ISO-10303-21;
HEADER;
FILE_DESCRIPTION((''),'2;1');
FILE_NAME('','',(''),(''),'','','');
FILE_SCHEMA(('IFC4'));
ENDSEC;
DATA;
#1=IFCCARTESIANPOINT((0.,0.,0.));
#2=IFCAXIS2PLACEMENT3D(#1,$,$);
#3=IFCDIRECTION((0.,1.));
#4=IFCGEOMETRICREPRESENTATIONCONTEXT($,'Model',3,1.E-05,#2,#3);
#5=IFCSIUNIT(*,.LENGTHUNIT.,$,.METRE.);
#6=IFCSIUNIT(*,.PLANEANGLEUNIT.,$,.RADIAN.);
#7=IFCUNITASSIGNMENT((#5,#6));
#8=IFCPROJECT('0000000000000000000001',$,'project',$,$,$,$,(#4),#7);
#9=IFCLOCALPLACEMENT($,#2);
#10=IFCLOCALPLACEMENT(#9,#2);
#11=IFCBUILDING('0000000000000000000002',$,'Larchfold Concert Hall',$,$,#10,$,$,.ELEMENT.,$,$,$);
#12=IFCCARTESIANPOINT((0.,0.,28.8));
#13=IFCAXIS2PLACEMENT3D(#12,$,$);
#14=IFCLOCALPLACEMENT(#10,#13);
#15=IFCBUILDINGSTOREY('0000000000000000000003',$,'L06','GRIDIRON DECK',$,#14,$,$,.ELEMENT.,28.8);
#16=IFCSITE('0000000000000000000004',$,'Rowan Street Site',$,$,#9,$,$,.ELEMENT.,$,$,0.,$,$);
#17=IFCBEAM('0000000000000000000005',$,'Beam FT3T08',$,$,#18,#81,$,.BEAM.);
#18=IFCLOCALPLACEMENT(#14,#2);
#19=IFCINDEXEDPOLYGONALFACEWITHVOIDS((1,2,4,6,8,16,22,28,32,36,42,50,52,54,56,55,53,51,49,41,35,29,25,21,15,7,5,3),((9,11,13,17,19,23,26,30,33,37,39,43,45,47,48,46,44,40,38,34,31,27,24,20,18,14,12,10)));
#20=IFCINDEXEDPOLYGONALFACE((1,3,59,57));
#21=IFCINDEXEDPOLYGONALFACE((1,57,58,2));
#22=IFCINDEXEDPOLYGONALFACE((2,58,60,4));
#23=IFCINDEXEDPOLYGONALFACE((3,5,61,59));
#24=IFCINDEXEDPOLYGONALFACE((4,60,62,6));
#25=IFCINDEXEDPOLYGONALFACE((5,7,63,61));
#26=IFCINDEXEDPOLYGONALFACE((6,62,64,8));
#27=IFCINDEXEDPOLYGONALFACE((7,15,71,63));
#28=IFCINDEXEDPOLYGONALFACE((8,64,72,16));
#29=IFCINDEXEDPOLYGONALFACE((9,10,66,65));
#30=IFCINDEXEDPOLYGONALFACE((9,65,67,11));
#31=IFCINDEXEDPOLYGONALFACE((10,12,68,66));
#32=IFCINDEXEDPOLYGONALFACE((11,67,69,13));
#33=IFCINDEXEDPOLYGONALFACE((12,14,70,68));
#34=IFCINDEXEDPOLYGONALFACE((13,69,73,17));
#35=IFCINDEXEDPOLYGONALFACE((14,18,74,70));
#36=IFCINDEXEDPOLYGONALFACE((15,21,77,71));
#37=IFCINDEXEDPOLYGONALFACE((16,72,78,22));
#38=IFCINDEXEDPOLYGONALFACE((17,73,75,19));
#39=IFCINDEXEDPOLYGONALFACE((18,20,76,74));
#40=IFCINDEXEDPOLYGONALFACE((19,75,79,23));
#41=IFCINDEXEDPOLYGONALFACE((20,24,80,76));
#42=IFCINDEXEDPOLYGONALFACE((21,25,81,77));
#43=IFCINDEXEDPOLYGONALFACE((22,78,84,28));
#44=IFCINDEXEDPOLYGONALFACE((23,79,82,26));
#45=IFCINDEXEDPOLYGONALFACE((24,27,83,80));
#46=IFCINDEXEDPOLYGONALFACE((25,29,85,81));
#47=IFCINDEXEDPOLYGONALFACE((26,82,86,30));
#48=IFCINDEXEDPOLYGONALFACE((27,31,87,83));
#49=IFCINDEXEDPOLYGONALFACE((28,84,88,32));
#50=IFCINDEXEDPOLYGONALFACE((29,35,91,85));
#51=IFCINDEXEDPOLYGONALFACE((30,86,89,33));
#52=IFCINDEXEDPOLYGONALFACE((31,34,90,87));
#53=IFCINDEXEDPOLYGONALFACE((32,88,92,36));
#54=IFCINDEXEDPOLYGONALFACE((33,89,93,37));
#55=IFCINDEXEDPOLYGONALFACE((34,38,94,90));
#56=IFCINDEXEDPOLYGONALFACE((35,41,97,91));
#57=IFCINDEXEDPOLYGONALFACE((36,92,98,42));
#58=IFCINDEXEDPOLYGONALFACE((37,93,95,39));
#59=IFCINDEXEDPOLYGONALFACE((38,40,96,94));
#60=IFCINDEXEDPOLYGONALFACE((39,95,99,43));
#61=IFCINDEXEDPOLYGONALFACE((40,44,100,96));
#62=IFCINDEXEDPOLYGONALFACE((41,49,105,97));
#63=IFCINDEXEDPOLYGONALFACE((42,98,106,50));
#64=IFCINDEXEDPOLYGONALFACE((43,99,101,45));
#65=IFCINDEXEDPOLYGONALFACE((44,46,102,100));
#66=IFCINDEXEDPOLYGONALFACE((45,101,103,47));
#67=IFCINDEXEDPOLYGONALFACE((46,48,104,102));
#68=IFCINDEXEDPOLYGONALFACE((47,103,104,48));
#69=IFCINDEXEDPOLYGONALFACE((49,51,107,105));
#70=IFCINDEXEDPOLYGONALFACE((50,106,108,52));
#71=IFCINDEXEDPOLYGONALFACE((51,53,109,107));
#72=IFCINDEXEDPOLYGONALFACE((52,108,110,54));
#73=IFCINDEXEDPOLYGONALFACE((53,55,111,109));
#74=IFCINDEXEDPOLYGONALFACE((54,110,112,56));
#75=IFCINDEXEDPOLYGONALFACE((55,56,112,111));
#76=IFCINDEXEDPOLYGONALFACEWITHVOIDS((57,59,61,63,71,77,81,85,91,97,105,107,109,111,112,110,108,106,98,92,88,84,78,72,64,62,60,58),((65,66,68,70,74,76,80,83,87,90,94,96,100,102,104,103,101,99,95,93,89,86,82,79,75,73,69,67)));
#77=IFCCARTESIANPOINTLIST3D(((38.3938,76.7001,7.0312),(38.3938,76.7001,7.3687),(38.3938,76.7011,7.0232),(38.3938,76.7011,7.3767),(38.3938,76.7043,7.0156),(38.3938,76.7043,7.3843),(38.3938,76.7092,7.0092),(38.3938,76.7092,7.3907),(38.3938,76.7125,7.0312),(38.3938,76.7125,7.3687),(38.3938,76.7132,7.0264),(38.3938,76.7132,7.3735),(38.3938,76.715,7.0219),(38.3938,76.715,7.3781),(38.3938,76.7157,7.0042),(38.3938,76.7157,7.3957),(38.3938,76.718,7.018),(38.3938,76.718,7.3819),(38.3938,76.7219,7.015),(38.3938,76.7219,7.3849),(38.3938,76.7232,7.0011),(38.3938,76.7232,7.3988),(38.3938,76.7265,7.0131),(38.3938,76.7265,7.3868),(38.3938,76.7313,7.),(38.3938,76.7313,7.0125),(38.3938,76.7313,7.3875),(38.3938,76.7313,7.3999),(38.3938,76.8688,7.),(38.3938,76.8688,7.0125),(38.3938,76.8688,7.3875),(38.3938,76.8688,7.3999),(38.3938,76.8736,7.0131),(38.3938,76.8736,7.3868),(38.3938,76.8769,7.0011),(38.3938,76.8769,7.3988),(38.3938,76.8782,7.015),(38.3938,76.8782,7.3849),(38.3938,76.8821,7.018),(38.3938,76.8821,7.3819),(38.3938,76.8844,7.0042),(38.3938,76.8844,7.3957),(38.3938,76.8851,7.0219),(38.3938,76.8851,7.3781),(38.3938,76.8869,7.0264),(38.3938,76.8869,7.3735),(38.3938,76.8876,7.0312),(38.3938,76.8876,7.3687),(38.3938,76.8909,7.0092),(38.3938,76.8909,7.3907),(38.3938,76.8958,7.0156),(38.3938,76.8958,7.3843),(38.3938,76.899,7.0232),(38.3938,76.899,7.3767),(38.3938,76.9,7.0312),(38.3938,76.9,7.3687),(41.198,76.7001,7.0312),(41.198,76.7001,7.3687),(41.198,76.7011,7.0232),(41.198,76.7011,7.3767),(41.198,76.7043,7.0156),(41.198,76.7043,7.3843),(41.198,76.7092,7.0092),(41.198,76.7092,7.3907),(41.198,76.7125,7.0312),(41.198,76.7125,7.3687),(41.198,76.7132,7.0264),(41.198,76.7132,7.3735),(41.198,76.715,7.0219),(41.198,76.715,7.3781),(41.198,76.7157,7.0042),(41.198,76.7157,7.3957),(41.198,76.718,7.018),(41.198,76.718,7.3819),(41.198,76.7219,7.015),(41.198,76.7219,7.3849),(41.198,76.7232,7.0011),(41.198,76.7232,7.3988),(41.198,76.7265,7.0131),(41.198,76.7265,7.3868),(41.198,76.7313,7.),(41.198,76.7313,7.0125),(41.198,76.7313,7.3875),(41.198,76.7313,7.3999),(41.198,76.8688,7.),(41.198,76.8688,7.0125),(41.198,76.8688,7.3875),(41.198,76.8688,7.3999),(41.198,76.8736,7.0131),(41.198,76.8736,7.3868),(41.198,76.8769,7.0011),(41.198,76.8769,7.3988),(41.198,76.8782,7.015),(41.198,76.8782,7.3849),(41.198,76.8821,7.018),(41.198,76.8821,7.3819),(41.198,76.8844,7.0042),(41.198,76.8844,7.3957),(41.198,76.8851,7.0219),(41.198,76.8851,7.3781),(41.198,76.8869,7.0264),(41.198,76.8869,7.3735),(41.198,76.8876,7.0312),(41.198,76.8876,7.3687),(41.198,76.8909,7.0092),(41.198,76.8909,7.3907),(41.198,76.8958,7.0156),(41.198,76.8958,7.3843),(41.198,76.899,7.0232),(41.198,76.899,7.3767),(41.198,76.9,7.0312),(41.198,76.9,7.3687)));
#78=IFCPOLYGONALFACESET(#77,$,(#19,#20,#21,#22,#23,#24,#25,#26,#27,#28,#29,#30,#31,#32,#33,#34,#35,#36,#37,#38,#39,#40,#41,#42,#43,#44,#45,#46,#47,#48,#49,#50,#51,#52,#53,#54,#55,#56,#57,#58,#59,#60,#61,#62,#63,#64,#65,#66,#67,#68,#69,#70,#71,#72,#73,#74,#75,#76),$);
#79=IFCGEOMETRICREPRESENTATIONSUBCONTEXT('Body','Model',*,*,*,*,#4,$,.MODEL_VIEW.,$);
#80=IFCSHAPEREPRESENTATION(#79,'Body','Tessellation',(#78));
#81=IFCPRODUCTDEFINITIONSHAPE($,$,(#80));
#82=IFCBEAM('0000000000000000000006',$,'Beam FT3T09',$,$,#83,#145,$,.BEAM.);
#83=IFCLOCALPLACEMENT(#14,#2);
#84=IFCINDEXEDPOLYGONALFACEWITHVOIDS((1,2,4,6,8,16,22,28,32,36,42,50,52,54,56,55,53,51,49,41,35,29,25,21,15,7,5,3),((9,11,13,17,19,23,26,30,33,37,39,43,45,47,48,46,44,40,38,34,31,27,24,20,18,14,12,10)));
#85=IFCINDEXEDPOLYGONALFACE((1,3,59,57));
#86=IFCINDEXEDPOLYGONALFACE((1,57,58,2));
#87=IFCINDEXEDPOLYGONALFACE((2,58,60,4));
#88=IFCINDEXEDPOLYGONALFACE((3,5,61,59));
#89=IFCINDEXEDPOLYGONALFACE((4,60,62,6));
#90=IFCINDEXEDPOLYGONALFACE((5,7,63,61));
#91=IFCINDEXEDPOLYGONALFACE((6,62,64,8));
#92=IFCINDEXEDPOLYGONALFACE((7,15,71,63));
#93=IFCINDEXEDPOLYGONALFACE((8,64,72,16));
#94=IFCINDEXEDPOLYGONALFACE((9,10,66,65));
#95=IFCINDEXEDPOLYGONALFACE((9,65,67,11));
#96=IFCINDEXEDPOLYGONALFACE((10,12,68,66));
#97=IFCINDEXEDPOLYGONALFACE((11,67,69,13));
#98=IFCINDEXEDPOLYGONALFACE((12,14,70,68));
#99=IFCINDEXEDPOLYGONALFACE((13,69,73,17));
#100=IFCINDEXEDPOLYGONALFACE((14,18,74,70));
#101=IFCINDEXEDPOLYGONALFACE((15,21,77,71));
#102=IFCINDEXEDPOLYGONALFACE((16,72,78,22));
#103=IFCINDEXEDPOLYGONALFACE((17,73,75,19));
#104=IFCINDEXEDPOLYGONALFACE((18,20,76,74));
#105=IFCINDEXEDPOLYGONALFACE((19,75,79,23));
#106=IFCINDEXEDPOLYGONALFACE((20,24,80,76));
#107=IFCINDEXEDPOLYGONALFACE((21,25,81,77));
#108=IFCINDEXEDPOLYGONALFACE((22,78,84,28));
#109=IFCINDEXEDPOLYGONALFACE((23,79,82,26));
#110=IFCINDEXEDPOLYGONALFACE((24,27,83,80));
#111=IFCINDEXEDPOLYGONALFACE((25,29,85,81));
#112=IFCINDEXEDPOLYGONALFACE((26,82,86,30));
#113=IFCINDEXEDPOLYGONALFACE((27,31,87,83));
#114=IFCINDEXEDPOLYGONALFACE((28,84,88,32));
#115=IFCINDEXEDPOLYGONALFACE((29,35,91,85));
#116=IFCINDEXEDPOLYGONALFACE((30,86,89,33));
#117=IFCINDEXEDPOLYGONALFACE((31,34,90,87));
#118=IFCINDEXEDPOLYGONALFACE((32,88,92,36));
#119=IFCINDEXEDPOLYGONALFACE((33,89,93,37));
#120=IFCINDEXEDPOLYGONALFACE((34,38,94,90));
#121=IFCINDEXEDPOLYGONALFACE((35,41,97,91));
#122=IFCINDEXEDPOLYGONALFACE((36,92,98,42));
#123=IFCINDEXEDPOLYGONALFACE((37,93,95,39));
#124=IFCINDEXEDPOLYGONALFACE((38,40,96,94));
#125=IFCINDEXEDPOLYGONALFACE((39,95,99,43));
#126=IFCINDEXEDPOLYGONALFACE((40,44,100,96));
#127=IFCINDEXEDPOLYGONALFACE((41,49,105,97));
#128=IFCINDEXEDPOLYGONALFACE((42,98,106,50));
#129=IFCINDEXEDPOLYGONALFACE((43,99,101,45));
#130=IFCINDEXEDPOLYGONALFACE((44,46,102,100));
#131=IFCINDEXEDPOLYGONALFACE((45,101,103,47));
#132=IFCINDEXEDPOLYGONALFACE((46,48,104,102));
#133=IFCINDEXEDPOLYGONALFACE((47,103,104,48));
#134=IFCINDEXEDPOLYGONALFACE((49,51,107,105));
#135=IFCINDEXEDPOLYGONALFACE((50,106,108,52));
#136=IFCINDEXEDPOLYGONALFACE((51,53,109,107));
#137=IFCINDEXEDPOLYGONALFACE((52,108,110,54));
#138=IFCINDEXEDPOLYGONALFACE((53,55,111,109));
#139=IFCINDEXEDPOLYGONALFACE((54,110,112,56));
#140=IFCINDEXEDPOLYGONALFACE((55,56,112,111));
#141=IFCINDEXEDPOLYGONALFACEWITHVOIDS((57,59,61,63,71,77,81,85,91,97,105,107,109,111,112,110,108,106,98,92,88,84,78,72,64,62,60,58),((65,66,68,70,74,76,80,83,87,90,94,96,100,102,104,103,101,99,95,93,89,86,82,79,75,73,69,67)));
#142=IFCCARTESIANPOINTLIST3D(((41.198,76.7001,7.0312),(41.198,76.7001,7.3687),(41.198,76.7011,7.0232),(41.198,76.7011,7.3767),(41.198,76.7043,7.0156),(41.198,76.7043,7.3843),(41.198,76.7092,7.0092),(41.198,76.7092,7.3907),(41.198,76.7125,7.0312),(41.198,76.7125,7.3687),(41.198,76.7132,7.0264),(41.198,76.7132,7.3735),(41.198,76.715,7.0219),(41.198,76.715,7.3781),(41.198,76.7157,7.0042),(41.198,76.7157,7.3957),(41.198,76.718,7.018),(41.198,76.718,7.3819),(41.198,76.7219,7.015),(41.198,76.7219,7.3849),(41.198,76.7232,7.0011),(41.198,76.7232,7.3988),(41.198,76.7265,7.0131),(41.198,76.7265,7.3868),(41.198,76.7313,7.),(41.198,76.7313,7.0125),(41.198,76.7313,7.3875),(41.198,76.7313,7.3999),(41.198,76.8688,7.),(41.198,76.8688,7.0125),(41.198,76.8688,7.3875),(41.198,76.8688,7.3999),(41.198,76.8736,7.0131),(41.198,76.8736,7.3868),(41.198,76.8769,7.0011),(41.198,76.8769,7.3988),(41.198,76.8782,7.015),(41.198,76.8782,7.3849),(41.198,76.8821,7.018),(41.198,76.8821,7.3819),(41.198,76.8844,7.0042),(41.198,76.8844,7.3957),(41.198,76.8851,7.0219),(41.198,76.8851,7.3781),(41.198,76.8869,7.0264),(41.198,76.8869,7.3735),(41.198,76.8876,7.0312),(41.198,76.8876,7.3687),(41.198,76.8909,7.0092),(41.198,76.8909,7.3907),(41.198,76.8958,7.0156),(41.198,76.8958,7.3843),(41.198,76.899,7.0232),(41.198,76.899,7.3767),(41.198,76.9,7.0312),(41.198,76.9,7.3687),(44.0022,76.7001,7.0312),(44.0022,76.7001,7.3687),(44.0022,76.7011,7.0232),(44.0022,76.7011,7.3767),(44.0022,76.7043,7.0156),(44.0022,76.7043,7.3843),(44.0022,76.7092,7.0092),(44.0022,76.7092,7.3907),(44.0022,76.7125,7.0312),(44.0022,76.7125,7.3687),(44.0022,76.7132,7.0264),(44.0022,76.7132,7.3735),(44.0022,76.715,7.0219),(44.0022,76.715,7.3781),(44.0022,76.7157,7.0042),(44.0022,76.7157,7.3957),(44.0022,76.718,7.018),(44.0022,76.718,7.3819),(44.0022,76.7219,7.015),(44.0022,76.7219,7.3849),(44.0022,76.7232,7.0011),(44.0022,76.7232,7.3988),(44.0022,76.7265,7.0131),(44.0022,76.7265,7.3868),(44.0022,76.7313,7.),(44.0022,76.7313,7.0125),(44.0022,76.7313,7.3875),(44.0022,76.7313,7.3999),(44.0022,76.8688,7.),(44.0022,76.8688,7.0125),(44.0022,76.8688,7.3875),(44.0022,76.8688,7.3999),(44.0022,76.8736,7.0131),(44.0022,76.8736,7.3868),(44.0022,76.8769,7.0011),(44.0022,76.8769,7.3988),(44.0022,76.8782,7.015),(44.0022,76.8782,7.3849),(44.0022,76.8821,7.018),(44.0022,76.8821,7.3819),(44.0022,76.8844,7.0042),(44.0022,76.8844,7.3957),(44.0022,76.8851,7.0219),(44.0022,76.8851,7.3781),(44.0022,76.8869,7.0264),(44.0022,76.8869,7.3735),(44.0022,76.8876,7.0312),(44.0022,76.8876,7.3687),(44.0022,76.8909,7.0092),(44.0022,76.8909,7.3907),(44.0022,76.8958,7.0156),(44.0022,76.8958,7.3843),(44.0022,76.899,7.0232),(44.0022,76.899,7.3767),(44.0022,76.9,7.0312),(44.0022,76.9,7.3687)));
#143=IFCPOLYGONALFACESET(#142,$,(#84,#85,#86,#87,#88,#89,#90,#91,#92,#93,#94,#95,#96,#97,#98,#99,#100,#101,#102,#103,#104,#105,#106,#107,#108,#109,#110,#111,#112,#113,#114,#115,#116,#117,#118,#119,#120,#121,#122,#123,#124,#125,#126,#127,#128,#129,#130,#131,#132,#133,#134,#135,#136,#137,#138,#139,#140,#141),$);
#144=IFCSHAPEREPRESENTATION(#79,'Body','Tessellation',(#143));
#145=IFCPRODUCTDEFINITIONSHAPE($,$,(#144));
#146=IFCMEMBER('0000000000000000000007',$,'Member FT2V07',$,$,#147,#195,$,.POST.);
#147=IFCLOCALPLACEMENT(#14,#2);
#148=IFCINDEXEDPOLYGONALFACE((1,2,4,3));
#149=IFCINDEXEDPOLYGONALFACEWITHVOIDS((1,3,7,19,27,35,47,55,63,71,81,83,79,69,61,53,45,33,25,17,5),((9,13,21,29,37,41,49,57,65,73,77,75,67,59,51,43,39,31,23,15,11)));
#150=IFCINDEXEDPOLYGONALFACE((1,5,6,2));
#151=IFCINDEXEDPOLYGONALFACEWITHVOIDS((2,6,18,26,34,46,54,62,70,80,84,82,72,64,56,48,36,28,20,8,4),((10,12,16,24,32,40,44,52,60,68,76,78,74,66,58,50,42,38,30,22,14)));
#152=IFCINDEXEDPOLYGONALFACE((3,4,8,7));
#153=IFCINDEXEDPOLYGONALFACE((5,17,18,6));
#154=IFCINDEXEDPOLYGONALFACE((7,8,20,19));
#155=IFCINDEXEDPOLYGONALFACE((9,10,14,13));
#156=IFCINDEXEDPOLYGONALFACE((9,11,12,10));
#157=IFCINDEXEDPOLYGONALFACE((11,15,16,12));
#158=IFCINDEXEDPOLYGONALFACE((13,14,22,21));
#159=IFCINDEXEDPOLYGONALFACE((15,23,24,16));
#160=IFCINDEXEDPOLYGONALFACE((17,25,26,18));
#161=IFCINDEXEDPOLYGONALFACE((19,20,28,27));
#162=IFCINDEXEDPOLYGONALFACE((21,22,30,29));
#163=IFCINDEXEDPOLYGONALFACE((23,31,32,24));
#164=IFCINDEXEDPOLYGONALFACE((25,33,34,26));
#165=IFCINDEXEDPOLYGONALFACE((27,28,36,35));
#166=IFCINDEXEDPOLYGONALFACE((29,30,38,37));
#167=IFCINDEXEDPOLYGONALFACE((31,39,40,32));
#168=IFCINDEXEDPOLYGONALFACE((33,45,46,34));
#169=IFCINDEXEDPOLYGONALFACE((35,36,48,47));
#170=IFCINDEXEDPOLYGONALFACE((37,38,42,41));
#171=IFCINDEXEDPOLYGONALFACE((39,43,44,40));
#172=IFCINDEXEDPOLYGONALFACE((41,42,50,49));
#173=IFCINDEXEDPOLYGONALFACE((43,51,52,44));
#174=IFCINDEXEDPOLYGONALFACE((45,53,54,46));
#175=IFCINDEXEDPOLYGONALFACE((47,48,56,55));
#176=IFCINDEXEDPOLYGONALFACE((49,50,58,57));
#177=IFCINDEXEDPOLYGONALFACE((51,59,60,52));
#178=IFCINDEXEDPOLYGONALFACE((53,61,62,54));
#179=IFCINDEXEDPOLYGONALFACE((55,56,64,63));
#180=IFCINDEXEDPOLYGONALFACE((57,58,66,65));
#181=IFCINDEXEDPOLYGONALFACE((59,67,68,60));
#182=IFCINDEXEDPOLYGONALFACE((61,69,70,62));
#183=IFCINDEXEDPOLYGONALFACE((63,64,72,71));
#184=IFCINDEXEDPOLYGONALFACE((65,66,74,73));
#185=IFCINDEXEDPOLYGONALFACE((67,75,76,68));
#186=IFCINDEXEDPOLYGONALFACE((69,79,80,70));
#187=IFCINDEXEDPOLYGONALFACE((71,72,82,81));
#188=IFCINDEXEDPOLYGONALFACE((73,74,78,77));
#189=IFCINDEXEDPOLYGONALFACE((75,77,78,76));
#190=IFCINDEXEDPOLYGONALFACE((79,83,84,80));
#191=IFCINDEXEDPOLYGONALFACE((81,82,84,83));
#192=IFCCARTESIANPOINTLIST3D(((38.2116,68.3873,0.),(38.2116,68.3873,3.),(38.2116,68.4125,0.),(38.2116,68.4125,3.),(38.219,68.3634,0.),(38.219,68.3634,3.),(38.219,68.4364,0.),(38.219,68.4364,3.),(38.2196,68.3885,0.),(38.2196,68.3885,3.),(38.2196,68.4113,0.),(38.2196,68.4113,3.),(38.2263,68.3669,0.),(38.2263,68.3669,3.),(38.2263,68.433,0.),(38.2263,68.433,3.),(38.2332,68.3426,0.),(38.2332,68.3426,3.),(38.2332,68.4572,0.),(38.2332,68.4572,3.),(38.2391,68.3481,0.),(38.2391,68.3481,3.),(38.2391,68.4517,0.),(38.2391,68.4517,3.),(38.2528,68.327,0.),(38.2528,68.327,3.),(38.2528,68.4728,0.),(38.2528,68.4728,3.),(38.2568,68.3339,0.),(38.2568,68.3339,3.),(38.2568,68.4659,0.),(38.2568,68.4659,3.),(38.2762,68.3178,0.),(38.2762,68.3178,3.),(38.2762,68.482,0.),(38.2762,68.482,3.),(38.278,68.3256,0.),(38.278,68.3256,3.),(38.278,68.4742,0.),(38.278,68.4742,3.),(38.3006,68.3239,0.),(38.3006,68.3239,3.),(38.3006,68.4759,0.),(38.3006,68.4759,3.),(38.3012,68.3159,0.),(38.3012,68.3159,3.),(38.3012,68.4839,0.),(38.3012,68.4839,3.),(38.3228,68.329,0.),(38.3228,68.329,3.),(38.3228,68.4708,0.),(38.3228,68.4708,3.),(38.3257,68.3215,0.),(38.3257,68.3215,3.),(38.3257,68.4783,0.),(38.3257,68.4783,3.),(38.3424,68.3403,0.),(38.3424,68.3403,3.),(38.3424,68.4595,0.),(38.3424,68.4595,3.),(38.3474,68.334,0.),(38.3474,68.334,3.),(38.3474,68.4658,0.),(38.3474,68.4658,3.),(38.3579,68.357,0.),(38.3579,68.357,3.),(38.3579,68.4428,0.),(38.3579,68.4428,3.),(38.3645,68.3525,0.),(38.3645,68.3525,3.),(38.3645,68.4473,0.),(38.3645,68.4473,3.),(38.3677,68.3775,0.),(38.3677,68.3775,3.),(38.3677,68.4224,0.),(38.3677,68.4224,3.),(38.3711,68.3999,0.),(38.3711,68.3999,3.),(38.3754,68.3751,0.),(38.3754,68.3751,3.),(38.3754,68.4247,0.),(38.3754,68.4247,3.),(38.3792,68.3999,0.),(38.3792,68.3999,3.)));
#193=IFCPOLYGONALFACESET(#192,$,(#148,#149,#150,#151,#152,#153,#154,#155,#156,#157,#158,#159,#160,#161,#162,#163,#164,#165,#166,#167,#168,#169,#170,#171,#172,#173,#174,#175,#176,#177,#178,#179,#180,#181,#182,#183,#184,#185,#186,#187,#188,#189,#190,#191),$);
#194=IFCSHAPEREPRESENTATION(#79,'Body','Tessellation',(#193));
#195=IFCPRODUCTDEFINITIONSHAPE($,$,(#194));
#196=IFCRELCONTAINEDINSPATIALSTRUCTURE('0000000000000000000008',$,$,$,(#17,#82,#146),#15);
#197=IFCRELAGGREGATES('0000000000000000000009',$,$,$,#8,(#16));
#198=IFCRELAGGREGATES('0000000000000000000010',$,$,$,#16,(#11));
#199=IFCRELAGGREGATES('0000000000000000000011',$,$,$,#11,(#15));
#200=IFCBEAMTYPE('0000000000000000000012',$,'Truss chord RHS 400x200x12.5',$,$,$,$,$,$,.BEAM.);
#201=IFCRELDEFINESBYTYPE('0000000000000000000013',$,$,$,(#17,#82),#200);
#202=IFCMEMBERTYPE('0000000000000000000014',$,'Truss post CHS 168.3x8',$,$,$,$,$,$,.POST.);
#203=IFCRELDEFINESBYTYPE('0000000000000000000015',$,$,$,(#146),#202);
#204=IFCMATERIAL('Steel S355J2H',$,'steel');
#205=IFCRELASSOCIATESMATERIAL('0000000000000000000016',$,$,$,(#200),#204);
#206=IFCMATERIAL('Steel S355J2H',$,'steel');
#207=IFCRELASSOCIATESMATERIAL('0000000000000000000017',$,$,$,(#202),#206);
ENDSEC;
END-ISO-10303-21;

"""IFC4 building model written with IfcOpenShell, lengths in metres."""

from ifc_helpers import new_model, si_unit, direction, frame, origin, origin_2d, place, context, subcontext, project, spatial, hollow_rectangle, hollow_circle, extrude, material, material_profile, profile_set, type_object, element, save


model = new_model("IFC4")

# Units and contexts
model_context = context("Model", 3, precision=1e-05, world=origin(), true_north=direction((0.0, 1.0)))
body_context = subcontext(model_context, "Body", "Model", "MODEL_VIEW")
ifc_project = project(units=[si_unit("LENGTHUNIT", "METRE"), si_unit("PLANEANGLEUNIT", "RADIAN")], contexts=[model_context])

# Site, building, storey
site_placement = place(None, origin())
site = spatial("IfcSite", under=ifc_project, at=site_placement, Name="Rowan Street Site", CompositionType="ELEMENT", RefElevation=0.0)
building_placement = place(site_placement, origin())
building = spatial("IfcBuilding", under=site, at=building_placement, Name="Larchfold Concert Hall", CompositionType="ELEMENT")
storey_placement = place(building_placement, frame((0.0, 0.0, 28.8)))
storey = spatial("IfcBuildingStorey", under=building, at=storey_placement, Name="L06", Description="GRIDIRON DECK", CompositionType="ELEMENT", Elevation=28.8)

# Beams
ifc_material_1 = material(Name="Steel S355J2H", Category="steel")
ifc_material_profile_1 = material_profile(ifc_material_1, hollow_rectangle(XDim=0.2, YDim=0.3999, WallThickness=0.0125, InnerFilletRadius=0.0188, OuterFilletRadius=0.0312, at=origin_2d()))
ifc_profile_set_1 = profile_set([ifc_material_profile_1], Name="Steel S355J2H")
beam_type_1 = type_object("IfcBeamType", Name="Truss chord RHS 400x200x12.5", PredefinedType="BEAM", material=ifc_profile_set_1)
for number, where, z_axis, x_axis, name in (
    (1, (38.3938, 76.8, 7.2), (1.0, 0.0, 0.0), (0.0, 1.0, 0.0), "Beam FT3T08"),
    (2, (41.198, 76.8, 7.2), (1.0, 0.0, 0.0), (0.0, 1.0, 0.0), "Beam FT3T09"),
):
    element("IfcBeam", number, at=place(storey_placement, frame(where, z_axis=z_axis, x_axis=x_axis)), inside=storey, type_object=beam_type_1, Name=name, PredefinedType="BEAM", context=body_context, shape_type="SweptSolid", body=[
        extrude(hollow_rectangle(XDim=0.2, YDim=0.3999, WallThickness=0.0125, InnerFilletRadius=0.0188, OuterFilletRadius=0.0312, at=origin_2d()), origin(), (0.0, 0.0, 1.0), 2.8042),
    ])

# Member
ifc_material_2 = material(Name="Steel S355J2H", Category="steel")
ifc_material_profile_2 = material_profile(ifc_material_2, hollow_circle(Radius=0.0842, WallThickness=0.0081, at=origin_2d()))
ifc_profile_set_2 = profile_set([ifc_material_profile_2], Name="Steel S355J2H")
member_type_1 = type_object("IfcMemberType", Name="Truss post CHS 168.3x8", PredefinedType="POST", material=ifc_profile_set_2)
for number, where, z_axis, x_axis, name in (
    (3, (38.2949, 68.3999, 3.0), (0.0, 0.0, -1.0), (1.0, 0.0, 0.0), "Member FT2V07"),
):
    element("IfcMember", number, at=place(storey_placement, frame(where, z_axis=z_axis, x_axis=x_axis)), inside=storey, type_object=member_type_1, Name=name, PredefinedType="POST", context=body_context, shape_type="SweptSolid", body=[
        extrude(hollow_circle(Radius=0.0842, WallThickness=0.0081, at=origin_2d()), origin(), (0.0, 0.0, 1.0), 3.0),
    ])

save(model, "model.ifc")
